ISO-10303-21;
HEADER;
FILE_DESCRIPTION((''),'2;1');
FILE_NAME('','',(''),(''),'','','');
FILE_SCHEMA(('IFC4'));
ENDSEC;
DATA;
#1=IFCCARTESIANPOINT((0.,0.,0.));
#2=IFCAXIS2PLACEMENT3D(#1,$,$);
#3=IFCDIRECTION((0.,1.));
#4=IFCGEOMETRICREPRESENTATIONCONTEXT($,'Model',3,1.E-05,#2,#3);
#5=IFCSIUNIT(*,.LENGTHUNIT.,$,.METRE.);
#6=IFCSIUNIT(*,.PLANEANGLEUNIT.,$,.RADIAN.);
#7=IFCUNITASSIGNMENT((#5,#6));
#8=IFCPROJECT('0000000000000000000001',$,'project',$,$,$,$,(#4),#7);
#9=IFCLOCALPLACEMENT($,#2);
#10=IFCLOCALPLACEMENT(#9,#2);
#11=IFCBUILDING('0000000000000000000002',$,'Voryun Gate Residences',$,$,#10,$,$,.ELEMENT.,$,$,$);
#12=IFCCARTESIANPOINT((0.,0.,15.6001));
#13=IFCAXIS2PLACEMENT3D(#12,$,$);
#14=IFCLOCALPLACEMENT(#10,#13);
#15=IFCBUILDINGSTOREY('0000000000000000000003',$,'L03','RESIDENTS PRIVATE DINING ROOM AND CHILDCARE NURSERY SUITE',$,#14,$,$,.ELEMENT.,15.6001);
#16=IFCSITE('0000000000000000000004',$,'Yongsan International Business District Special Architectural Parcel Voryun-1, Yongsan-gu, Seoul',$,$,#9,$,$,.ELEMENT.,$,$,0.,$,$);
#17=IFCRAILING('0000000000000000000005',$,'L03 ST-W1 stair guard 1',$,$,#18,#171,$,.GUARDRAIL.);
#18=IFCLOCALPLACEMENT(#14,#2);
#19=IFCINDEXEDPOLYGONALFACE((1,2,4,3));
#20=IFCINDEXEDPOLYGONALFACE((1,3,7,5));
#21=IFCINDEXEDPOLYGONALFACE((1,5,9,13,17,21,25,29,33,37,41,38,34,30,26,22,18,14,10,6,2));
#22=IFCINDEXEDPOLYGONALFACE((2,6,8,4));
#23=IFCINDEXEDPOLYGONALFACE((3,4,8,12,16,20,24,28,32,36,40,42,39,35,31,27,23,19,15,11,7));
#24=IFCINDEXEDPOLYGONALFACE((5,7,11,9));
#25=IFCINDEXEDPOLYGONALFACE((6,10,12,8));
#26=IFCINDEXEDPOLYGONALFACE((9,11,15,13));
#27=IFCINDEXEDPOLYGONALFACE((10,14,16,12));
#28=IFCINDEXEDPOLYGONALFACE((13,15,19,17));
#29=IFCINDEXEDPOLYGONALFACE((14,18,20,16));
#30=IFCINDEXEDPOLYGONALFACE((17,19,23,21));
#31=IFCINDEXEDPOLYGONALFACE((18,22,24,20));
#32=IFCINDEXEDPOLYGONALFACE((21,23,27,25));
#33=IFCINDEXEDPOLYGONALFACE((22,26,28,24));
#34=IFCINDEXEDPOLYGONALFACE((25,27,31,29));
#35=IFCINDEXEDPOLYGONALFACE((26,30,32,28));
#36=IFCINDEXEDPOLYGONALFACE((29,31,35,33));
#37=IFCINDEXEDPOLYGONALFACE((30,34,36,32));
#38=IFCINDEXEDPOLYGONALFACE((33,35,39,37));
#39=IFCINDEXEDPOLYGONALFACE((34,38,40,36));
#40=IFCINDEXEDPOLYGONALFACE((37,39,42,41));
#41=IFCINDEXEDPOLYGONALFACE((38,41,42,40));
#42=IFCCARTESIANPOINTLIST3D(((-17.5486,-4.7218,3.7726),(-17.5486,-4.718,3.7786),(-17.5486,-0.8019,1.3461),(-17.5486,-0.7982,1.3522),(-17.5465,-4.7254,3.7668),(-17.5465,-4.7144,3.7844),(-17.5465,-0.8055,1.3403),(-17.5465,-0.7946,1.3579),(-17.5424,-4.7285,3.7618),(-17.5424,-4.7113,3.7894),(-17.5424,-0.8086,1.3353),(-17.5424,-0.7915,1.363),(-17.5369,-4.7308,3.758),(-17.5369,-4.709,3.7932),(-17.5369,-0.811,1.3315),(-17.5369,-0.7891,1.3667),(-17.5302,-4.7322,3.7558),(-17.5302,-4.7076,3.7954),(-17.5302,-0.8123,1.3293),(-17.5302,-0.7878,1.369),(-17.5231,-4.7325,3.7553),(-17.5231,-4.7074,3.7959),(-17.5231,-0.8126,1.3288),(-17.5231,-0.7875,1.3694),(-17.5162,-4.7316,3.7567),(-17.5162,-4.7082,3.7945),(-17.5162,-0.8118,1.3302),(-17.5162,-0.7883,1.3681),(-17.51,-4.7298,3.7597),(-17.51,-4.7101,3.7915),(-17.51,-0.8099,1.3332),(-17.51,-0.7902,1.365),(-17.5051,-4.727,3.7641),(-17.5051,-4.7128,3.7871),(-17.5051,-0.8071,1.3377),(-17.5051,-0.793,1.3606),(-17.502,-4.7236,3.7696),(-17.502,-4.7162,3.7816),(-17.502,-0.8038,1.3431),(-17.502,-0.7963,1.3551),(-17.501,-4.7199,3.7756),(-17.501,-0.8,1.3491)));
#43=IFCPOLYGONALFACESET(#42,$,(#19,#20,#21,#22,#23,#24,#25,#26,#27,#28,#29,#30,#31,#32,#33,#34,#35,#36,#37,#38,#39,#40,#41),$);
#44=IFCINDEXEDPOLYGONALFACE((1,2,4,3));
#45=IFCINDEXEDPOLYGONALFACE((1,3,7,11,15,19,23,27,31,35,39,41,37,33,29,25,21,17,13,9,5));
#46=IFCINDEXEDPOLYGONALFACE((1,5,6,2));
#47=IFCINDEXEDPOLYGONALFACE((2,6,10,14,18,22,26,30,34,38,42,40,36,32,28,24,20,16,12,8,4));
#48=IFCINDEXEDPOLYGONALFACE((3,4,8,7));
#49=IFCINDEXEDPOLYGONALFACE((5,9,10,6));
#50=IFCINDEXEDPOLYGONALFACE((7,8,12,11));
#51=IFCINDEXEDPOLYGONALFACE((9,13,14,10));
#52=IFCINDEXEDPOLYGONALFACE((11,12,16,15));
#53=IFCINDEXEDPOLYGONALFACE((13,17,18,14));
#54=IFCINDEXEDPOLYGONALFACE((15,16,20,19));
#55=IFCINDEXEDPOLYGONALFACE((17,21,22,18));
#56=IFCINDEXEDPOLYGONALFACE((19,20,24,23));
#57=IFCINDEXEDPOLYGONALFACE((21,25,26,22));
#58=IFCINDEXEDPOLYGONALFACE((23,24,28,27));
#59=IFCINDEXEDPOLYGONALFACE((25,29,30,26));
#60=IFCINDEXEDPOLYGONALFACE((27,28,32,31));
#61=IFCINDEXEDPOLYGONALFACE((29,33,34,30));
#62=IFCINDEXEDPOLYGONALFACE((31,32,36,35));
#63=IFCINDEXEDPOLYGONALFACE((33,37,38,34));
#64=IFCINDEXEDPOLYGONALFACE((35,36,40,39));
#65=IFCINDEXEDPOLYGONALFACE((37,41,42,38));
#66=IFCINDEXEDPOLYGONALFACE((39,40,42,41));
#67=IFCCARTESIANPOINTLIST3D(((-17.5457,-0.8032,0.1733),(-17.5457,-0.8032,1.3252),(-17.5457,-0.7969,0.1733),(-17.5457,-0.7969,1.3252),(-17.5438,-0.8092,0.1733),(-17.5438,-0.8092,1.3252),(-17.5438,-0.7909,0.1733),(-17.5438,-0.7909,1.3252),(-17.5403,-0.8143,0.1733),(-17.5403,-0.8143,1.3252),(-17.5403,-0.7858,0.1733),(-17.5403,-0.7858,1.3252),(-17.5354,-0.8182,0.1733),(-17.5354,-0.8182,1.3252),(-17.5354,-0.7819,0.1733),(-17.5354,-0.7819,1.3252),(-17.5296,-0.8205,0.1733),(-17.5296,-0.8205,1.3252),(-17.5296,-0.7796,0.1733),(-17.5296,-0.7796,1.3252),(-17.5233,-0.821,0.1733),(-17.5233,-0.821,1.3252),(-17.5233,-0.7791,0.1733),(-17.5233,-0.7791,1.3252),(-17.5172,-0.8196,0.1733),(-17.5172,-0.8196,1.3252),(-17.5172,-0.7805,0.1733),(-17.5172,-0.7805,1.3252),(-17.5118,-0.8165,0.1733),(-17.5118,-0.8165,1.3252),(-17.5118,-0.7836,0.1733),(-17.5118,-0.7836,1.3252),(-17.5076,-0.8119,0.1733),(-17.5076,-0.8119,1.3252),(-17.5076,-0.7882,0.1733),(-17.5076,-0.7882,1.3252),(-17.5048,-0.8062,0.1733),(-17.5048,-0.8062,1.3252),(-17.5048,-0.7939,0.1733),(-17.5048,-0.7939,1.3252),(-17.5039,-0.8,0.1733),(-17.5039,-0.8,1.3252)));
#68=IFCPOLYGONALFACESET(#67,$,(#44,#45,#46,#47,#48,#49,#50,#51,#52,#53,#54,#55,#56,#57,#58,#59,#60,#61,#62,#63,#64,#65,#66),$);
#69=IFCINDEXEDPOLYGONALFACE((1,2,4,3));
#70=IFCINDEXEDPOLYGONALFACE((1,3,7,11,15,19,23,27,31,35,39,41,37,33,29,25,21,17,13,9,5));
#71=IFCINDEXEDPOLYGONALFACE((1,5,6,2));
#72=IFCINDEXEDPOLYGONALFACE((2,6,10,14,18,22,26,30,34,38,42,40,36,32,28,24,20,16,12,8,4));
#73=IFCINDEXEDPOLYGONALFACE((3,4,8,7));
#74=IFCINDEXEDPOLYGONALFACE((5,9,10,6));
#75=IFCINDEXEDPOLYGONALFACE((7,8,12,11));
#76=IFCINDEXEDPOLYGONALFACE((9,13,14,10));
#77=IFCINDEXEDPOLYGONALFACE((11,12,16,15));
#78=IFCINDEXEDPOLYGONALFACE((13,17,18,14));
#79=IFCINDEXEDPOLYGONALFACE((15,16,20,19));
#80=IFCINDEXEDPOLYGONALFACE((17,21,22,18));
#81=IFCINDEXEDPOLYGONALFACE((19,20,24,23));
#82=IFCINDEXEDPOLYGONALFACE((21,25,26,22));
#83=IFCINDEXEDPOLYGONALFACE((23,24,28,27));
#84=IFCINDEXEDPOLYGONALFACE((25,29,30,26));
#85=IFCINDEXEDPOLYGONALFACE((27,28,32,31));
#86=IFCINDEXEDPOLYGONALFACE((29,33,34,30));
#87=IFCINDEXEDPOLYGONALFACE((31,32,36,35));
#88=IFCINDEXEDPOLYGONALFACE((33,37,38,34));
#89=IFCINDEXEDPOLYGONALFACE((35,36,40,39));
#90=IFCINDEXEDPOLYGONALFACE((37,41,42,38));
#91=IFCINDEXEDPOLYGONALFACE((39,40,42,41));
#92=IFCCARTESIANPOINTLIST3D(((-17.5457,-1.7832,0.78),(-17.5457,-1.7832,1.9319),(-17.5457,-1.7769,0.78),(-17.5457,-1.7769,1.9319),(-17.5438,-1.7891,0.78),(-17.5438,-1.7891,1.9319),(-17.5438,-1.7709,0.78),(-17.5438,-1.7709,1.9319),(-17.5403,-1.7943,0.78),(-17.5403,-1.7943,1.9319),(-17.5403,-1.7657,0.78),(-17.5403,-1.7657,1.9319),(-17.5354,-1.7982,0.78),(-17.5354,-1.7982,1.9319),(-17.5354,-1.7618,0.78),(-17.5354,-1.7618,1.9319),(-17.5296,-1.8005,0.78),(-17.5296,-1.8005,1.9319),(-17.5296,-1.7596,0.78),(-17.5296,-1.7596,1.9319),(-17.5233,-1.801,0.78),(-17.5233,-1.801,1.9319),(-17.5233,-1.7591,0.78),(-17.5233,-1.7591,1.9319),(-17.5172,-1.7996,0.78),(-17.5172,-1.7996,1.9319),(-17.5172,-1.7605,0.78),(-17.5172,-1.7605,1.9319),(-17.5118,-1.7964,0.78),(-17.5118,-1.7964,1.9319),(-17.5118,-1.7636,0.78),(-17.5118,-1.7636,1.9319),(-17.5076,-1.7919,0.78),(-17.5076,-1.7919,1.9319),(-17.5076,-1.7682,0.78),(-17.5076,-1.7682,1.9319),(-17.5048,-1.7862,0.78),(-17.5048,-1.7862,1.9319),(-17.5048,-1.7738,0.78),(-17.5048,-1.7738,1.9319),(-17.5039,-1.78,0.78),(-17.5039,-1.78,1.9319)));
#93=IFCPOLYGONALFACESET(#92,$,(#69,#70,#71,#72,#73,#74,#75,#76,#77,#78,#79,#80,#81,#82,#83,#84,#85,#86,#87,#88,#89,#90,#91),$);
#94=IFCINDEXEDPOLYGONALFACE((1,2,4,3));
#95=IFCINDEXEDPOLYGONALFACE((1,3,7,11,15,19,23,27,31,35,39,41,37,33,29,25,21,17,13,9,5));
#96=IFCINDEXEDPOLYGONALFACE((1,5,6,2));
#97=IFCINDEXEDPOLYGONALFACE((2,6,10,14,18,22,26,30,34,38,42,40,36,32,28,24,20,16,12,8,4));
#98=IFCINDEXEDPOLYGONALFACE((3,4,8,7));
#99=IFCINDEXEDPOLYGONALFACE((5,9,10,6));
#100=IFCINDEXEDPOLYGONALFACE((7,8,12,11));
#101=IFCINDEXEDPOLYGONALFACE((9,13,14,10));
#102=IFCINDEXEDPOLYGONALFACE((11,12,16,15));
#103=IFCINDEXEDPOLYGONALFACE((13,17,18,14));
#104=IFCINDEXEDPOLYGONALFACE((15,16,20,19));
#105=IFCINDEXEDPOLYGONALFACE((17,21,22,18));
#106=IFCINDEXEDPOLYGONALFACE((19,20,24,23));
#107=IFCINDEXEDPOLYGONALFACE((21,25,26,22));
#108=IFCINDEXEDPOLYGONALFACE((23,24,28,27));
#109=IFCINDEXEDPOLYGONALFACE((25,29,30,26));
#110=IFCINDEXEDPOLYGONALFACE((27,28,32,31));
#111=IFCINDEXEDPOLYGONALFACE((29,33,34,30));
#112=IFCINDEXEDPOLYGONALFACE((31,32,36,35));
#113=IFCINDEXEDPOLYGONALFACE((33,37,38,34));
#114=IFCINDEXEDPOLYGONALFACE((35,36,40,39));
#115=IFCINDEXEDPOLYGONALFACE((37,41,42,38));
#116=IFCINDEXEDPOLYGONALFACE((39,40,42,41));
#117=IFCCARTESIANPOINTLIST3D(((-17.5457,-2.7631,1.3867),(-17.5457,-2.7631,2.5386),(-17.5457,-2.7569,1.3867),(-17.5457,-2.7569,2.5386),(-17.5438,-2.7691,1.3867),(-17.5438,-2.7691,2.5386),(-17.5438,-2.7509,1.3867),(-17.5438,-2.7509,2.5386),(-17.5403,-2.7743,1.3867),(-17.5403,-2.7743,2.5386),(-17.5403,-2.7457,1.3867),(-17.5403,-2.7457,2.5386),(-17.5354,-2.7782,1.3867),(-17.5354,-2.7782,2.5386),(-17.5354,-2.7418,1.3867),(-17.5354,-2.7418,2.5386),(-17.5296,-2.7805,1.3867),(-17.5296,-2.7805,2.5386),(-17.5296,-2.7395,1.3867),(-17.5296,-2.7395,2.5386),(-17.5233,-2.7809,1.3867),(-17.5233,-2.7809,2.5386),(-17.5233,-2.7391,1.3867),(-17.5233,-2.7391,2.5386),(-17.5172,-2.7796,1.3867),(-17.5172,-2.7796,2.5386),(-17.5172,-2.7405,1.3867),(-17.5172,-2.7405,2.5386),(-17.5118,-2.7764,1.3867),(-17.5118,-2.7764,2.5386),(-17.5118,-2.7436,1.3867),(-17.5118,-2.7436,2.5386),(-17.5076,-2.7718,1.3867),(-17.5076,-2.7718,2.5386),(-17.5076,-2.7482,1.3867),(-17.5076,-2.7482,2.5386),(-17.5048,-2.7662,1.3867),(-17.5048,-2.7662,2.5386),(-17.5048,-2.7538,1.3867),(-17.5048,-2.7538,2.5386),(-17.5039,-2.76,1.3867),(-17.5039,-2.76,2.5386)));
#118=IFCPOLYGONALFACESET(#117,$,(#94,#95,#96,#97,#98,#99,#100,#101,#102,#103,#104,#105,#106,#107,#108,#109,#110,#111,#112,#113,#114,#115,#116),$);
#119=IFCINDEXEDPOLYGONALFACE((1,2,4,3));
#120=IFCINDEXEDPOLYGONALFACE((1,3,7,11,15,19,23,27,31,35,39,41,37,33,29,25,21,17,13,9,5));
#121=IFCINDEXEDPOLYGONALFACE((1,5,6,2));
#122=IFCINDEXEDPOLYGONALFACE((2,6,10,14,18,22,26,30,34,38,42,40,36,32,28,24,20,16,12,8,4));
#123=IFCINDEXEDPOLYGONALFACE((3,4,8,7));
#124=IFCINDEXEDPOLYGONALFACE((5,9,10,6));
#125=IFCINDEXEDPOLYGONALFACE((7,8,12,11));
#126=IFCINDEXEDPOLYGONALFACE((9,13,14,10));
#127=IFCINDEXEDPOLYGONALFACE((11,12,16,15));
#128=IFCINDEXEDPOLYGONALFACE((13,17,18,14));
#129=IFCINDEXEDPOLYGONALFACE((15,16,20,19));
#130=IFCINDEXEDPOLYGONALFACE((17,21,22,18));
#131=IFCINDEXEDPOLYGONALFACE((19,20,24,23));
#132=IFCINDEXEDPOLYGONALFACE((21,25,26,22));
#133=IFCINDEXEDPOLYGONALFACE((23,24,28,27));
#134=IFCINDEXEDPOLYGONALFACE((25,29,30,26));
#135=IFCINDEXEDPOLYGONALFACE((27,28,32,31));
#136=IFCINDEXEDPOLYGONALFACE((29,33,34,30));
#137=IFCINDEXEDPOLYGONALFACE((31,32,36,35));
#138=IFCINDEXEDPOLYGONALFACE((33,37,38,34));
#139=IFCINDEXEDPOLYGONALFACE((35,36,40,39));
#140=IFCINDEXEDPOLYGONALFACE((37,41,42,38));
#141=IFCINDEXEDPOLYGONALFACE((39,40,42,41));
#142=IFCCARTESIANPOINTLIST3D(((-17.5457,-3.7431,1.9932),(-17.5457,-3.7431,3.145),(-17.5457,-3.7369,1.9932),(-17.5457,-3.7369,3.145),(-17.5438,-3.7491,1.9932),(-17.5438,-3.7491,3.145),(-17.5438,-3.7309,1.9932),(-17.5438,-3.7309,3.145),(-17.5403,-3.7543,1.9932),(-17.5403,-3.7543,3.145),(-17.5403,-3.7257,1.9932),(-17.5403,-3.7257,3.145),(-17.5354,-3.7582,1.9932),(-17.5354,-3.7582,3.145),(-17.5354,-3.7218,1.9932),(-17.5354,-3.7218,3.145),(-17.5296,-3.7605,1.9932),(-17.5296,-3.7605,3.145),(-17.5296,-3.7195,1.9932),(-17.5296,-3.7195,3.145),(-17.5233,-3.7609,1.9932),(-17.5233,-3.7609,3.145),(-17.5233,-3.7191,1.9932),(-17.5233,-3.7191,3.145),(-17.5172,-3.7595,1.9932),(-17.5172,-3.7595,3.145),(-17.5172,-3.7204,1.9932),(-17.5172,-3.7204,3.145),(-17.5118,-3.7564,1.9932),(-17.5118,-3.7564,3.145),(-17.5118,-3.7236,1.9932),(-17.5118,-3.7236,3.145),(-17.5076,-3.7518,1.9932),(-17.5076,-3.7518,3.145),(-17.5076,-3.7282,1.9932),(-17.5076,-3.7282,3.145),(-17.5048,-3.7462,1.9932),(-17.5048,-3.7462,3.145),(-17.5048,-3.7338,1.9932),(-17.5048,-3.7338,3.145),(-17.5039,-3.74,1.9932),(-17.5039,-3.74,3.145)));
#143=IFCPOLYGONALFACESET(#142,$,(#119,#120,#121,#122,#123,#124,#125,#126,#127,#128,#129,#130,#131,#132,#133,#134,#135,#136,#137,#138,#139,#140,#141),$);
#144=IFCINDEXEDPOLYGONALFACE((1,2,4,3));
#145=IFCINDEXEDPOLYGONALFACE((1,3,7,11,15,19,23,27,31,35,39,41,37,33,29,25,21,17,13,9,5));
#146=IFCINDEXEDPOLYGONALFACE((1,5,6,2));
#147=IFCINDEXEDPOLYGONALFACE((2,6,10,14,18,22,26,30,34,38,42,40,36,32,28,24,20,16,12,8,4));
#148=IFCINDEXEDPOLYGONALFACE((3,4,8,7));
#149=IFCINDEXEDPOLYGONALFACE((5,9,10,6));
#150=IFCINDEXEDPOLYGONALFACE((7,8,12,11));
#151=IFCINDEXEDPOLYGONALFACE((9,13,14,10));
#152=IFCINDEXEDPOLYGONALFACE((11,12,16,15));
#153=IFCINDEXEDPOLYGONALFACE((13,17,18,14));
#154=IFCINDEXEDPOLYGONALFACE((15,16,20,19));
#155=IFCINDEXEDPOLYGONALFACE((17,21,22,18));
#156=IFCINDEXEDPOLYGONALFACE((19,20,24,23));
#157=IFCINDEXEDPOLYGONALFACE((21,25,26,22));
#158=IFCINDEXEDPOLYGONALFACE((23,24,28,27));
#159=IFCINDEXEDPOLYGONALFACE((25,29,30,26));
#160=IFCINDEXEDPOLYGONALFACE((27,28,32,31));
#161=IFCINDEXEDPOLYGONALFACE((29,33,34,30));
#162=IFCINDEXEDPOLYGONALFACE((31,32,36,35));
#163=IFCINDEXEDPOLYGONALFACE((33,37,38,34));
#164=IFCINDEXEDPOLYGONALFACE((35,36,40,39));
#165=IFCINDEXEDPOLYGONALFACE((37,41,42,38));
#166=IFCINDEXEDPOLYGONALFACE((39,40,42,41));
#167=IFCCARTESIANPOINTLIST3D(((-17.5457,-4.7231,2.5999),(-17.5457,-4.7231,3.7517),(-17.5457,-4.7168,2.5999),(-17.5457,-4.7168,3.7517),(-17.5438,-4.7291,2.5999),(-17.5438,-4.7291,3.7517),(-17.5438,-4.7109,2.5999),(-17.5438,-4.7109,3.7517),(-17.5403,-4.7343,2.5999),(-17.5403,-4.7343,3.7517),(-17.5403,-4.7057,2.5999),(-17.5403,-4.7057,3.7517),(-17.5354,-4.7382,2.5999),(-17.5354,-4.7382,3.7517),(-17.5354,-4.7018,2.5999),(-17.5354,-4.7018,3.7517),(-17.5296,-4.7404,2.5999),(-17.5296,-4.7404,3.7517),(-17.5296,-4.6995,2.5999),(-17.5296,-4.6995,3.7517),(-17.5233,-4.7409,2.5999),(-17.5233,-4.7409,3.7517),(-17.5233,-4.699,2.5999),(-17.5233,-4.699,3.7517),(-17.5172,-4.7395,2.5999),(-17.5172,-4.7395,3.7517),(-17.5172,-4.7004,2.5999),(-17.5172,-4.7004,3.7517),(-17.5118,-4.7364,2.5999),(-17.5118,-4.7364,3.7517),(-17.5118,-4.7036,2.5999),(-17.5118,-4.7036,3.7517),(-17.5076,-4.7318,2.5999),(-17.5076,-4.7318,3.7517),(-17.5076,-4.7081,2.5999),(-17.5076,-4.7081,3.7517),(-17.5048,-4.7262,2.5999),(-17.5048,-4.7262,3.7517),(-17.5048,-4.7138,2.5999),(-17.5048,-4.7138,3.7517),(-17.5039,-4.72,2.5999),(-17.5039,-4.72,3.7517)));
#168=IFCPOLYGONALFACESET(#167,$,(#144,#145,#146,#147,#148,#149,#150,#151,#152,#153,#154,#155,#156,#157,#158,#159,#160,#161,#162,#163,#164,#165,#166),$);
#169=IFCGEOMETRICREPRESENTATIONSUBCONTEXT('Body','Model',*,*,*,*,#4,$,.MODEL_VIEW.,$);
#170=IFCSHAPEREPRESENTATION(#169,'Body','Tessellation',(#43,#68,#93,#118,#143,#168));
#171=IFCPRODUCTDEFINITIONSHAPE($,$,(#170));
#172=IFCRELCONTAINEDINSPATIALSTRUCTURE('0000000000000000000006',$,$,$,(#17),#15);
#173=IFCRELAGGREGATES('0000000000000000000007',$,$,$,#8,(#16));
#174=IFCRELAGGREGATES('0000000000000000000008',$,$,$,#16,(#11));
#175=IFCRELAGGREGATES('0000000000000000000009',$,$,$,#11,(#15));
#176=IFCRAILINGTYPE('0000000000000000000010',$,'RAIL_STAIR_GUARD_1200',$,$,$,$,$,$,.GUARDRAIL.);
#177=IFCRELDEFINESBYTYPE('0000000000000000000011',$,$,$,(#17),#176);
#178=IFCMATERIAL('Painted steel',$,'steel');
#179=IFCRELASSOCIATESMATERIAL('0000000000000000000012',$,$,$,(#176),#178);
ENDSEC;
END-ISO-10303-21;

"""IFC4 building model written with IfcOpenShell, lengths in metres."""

from ifc_helpers import new_model, si_unit, direction, frame, origin, origin_2d, place, context, subcontext, project, spatial, circle, extrude, material, type_object, element, save


model = new_model("IFC4")

# Units and contexts
model_context = context("Model", 3, precision=1e-05, world=origin(), true_north=direction((0.0, 1.0)))
body_context = subcontext(model_context, "Body", "Model", "MODEL_VIEW")
ifc_project = project(units=[si_unit("LENGTHUNIT", "METRE"), si_unit("PLANEANGLEUNIT", "RADIAN")], contexts=[model_context])

# Site, building, storey
site_placement = place(None, origin())
site = spatial("IfcSite", under=ifc_project, at=site_placement, Name="Yongsan International Business District Special Architectural Parcel Voryun-1, Yongsan-gu, Seoul", CompositionType="ELEMENT", RefElevation=0.0)
building_placement = place(site_placement, origin())
building = spatial("IfcBuilding", under=site, at=building_placement, Name="Voryun Gate Residences", CompositionType="ELEMENT")
storey_placement = place(building_placement, frame((0.0, 0.0, 15.6001)))
storey = spatial("IfcBuildingStorey", under=building, at=storey_placement, Name="L03", Description="RESIDENTS PRIVATE DINING ROOM AND CHILDCARE NURSERY SUITE", CompositionType="ELEMENT", Elevation=15.6001)

# Railing
ifc_material_1 = material(Name="Painted steel", Category="steel")
railing_type_1 = type_object("IfcRailingType", Name="RAIL_STAIR_GUARD_1200", PredefinedType="GUARDRAIL", material=ifc_material_1)
railing_1_placement = place(storey_placement, frame((-17.5249, -0.8, 0.1733)))
element("IfcRailing", 1, at=railing_1_placement, inside=storey, type_object=railing_type_1, Name="L03 ST-W1 stair guard 1", PredefinedType="GUARDRAIL", context=body_context, shape_type="SweptSolid", body=[
    extrude(circle(Radius=0.0239, at=origin_2d()), frame((0.0, 0.0, 1.1758), z_axis=(0.0, -0.850275, 0.526338), x_axis=(1.0, 0.0, 0.0)), (0.0, 0.0, 1.0), 4.6101),
    extrude(circle(Radius=0.021, at=origin_2d()), origin(), (0.0, 0.0, 1.0), 1.1519),
    extrude(circle(Radius=0.021, at=origin_2d()), frame((0.0, -0.98, 0.6067)), (0.0, 0.0, 1.0), 1.1519),
    extrude(circle(Radius=0.021, at=origin_2d()), frame((0.0, -1.96, 1.2134)), (0.0, 0.0, 1.0), 1.1519),
    extrude(circle(Radius=0.021, at=origin_2d()), frame((0.0, -2.9399, 1.8198)), (0.0, 0.0, 1.0), 1.1519),
    extrude(circle(Radius=0.021, at=origin_2d()), frame((0.0, -3.9199, 2.4265)), (0.0, 0.0, 1.0), 1.1519),
])

save(model, "model.ifc")
